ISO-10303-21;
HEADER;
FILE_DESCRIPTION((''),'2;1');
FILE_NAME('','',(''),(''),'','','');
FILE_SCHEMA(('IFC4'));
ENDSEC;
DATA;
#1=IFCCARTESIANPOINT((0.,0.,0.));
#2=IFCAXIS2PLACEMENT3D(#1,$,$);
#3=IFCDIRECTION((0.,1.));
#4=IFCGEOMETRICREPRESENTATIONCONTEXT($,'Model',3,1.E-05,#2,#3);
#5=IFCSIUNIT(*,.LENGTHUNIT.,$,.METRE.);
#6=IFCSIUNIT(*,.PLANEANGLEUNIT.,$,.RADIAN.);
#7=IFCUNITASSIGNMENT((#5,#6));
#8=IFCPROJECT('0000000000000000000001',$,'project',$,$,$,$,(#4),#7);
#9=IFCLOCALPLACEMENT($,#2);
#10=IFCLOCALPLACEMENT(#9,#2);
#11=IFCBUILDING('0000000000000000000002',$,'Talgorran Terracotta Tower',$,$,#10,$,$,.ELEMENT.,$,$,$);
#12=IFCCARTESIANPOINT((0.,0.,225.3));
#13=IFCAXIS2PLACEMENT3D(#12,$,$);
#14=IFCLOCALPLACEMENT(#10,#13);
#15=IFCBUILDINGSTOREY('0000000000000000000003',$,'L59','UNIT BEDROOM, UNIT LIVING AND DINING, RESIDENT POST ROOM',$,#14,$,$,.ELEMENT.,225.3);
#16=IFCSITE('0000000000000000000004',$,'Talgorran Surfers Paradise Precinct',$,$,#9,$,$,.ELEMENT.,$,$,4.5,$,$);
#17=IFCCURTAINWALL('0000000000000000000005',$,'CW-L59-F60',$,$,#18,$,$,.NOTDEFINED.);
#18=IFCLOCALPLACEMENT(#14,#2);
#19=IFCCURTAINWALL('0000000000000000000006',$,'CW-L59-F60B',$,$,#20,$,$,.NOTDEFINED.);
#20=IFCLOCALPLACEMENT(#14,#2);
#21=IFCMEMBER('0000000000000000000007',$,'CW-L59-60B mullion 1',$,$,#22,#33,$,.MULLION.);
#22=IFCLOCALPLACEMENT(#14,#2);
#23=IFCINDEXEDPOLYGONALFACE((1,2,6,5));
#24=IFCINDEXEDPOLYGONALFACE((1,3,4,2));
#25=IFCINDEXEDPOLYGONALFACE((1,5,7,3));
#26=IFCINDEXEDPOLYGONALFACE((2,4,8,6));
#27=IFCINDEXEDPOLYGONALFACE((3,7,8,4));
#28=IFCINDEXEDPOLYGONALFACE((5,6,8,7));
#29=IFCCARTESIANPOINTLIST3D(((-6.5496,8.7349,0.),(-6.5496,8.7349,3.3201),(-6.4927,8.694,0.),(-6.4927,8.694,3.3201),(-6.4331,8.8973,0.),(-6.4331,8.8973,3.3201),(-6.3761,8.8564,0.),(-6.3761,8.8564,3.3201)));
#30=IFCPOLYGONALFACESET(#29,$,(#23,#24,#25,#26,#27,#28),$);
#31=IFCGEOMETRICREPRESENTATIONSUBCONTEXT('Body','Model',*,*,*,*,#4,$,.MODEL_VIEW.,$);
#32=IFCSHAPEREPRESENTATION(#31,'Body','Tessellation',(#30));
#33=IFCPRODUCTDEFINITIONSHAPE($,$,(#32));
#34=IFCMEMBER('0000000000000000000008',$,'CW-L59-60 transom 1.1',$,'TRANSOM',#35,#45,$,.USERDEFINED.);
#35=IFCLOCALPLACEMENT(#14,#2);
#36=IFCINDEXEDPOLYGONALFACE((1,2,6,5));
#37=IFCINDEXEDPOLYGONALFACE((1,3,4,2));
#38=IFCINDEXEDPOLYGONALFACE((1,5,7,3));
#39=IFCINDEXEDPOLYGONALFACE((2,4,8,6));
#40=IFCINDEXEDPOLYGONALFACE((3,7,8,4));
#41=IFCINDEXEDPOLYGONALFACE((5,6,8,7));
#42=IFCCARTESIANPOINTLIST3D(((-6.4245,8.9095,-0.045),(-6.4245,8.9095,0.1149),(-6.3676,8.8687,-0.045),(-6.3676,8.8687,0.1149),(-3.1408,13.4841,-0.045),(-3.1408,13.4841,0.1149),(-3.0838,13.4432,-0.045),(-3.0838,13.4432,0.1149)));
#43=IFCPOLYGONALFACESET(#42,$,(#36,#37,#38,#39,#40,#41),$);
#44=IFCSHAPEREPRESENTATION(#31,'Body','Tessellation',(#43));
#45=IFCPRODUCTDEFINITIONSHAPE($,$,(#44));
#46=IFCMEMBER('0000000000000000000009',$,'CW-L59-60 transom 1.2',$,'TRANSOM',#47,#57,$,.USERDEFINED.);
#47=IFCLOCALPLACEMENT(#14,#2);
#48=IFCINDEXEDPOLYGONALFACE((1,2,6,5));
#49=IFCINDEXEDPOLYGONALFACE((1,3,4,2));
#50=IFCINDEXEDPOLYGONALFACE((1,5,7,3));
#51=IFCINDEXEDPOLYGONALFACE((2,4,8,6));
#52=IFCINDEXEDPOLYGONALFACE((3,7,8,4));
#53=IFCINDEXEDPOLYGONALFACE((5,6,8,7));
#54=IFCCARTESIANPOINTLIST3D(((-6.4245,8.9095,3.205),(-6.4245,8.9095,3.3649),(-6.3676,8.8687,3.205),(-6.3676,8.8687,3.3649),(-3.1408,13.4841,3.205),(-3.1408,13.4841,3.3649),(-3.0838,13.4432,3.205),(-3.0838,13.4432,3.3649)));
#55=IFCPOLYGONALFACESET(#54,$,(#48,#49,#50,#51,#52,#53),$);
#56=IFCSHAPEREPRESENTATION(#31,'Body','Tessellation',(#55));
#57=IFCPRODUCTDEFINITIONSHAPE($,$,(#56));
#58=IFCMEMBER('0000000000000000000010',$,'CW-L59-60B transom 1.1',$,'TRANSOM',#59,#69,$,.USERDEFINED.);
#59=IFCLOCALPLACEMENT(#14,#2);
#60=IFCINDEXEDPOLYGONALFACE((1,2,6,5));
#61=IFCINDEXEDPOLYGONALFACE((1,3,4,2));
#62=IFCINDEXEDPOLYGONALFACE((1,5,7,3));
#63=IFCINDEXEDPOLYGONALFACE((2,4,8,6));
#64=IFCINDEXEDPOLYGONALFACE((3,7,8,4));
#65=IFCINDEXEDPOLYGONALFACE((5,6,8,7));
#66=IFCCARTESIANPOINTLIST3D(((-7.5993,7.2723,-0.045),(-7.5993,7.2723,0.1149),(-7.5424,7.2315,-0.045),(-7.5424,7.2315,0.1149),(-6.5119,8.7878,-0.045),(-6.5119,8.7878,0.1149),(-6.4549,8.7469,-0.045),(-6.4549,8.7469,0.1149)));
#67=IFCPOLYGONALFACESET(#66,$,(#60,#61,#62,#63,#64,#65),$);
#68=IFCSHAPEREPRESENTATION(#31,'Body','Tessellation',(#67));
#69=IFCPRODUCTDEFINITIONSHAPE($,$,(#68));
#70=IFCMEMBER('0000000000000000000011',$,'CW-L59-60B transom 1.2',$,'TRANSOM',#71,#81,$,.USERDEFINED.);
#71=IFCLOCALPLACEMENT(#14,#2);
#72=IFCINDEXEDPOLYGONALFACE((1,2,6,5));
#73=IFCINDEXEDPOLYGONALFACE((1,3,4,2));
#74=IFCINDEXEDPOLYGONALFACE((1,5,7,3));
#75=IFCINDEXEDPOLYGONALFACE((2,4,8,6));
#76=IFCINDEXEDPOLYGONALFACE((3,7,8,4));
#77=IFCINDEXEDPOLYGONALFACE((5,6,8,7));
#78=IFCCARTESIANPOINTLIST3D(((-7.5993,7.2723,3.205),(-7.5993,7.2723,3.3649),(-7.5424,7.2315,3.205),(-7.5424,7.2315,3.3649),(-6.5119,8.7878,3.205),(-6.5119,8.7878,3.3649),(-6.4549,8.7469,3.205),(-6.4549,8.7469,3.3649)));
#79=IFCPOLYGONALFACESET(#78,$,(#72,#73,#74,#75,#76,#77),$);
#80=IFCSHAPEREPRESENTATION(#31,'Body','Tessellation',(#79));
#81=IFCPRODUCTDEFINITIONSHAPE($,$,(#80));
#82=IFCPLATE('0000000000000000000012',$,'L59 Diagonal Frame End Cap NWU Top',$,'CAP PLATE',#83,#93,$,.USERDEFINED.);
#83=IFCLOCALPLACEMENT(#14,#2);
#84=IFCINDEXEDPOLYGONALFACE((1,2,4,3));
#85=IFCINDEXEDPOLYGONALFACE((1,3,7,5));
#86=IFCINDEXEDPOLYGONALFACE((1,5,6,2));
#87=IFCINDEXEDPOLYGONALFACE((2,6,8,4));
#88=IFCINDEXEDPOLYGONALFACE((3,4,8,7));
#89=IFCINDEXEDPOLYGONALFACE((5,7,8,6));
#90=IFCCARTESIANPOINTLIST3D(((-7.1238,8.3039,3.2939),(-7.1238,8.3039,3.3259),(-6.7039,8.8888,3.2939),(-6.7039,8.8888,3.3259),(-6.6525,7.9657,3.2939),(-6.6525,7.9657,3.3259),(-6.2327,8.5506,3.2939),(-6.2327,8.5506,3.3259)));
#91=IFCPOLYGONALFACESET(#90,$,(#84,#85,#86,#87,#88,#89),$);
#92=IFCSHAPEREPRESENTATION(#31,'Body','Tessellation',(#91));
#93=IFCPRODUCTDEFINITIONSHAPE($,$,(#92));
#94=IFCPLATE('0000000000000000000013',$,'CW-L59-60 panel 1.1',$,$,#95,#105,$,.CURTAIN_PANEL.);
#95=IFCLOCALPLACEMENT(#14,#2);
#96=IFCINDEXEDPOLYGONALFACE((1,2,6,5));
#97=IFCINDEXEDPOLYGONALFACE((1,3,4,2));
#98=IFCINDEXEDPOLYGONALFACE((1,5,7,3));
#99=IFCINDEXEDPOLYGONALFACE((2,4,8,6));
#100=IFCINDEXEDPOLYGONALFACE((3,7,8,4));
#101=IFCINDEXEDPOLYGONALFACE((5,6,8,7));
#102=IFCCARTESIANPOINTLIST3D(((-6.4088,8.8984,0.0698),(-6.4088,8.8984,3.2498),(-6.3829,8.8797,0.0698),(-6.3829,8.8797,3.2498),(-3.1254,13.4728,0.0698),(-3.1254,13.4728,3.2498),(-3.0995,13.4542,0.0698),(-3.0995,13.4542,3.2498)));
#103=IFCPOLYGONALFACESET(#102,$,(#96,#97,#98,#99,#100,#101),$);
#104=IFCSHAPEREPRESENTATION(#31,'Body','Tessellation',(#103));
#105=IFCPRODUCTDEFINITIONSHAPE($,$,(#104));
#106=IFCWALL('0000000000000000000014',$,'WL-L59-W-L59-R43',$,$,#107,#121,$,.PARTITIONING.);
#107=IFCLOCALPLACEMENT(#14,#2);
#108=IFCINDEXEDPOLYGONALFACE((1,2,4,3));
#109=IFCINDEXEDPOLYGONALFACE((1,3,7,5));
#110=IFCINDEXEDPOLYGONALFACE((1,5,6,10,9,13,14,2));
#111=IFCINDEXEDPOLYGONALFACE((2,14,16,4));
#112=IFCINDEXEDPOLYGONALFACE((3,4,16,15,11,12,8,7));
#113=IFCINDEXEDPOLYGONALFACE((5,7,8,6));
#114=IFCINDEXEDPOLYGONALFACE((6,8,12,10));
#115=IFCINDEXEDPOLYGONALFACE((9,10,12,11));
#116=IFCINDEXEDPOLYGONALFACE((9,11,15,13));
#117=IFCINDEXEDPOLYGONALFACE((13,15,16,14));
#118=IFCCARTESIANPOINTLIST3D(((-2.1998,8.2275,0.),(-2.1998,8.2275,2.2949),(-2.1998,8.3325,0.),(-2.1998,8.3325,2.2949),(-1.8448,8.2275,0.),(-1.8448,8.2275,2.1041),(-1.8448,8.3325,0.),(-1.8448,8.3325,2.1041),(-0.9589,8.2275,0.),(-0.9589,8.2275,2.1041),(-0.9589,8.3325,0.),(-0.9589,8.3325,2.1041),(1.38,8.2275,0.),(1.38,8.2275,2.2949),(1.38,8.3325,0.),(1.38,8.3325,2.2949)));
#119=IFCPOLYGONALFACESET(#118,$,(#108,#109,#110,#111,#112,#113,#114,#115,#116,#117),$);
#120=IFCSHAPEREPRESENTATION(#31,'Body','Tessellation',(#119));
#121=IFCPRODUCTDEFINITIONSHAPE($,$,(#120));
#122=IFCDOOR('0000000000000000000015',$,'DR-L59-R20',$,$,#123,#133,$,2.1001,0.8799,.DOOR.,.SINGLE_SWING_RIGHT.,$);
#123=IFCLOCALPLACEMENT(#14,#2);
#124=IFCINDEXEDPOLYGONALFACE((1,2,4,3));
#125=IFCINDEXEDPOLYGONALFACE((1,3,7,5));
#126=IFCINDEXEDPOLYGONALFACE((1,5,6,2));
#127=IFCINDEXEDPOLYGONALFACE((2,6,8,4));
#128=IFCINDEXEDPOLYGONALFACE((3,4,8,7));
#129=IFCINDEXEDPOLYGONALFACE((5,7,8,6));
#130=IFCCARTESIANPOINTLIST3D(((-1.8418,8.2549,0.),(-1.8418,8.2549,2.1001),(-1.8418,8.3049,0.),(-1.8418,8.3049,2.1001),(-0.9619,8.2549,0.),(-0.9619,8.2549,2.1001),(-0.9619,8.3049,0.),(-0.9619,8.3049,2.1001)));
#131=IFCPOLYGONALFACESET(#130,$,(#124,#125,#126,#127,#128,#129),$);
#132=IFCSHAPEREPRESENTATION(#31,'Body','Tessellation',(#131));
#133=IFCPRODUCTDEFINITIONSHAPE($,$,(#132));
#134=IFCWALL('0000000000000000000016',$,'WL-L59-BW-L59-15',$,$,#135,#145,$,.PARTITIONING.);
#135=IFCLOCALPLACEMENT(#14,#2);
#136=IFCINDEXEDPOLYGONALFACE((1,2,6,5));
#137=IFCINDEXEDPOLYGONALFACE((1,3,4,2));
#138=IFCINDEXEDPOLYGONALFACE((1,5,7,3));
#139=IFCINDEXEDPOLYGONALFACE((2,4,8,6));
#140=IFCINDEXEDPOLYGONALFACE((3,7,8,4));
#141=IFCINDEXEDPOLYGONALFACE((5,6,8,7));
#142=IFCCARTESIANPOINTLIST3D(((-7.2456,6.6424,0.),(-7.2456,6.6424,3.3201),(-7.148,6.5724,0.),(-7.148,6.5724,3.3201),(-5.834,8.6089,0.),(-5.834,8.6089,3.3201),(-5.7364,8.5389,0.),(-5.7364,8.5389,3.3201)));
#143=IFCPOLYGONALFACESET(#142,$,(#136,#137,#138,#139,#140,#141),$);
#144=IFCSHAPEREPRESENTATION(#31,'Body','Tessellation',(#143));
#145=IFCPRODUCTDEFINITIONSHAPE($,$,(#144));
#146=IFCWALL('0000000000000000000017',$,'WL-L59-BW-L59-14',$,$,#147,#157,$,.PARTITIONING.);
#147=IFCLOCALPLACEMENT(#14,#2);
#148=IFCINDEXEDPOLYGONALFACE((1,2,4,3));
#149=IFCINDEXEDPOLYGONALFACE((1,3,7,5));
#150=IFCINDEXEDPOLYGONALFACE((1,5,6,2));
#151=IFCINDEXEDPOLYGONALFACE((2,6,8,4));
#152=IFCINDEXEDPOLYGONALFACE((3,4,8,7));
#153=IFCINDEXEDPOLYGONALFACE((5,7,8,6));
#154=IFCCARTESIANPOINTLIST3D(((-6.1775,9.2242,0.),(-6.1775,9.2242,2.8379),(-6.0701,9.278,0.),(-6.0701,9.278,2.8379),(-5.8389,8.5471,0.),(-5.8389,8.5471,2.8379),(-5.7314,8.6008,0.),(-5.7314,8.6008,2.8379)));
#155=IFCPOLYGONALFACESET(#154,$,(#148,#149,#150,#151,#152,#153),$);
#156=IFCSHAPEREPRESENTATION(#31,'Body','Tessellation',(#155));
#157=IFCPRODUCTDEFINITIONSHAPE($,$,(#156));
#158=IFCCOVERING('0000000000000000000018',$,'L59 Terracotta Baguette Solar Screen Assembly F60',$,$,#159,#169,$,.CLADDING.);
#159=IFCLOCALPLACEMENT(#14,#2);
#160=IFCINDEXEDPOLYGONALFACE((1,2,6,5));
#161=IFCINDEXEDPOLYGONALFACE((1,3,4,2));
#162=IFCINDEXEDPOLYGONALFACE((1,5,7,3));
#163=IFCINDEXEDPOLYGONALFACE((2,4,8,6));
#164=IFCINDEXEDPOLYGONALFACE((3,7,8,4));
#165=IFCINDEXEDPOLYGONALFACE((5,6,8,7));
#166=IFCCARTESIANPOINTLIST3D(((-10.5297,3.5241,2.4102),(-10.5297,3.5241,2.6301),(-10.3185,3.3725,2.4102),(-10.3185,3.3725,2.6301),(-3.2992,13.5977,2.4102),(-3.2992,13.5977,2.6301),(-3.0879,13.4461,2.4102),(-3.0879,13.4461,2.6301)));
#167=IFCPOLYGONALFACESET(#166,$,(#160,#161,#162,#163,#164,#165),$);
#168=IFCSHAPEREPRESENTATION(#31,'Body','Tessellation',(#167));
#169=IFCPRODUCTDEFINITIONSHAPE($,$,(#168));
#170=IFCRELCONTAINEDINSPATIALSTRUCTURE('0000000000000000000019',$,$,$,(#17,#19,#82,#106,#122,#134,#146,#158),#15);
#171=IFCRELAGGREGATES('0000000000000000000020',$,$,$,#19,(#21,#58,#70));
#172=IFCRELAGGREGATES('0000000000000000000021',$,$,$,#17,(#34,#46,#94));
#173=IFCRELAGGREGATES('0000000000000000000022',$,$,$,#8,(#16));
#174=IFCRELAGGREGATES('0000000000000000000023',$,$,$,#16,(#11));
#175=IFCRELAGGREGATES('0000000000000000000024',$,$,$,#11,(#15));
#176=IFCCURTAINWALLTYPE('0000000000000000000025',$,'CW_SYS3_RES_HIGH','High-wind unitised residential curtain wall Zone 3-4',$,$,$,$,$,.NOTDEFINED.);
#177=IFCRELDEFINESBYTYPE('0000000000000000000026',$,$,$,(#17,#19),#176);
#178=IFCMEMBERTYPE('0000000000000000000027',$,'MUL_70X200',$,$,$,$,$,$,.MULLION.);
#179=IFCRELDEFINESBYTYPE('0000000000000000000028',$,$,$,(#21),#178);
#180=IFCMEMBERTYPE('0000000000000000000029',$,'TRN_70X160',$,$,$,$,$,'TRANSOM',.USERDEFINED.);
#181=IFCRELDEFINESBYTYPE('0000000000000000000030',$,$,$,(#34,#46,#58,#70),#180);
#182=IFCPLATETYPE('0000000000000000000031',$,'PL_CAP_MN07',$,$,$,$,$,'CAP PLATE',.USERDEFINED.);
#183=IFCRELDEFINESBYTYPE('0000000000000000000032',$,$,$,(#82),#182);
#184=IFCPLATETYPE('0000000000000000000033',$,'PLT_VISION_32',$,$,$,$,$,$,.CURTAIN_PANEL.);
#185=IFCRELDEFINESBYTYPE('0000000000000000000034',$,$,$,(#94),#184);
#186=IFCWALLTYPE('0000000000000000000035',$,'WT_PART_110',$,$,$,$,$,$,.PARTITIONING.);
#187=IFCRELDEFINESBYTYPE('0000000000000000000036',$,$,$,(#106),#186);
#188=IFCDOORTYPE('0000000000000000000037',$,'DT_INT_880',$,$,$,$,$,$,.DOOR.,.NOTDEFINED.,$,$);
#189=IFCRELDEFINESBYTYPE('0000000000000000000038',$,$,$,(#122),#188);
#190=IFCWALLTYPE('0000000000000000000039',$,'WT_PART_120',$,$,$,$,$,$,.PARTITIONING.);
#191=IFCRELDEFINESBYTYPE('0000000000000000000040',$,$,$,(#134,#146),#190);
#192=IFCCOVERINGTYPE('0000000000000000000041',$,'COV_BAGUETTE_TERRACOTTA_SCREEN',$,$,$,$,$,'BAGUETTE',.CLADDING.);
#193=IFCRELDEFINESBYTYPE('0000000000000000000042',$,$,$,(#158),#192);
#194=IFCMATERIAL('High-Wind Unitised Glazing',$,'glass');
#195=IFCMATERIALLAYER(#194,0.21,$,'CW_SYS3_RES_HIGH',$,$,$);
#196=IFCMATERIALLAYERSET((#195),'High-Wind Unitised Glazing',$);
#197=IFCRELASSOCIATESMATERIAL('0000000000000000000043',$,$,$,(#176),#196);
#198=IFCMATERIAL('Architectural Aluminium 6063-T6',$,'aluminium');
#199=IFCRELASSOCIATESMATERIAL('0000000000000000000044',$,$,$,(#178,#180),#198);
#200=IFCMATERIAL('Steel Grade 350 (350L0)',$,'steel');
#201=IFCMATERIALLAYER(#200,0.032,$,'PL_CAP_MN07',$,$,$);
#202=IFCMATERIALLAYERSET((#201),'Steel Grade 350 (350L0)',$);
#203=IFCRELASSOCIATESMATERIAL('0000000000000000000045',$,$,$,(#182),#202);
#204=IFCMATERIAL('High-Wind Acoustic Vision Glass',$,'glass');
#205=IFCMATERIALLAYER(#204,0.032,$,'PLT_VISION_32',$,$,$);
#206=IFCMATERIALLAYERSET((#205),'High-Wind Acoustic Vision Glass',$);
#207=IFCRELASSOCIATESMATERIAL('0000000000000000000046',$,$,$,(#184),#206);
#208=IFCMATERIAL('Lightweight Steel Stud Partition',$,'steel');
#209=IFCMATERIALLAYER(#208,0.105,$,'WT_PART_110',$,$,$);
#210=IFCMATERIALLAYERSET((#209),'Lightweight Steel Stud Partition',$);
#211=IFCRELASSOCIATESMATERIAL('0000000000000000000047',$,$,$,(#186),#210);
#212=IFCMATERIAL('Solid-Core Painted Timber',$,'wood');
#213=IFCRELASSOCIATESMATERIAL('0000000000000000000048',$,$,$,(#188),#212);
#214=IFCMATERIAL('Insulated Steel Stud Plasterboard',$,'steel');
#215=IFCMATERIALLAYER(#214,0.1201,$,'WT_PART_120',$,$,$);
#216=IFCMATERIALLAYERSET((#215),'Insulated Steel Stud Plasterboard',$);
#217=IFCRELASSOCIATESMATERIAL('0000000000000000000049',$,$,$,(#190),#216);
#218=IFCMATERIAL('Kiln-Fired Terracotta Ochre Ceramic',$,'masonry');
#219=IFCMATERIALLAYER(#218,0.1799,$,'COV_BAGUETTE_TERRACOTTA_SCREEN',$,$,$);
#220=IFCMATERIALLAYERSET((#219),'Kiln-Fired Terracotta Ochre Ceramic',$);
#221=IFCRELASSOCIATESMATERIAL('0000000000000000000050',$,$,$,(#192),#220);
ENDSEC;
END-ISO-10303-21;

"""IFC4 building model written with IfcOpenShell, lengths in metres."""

from ifc_helpers import new_model, si_unit, direction, frame, frame_2d, origin, origin_2d, place, context, subcontext, project, spatial, rectangle, extrude, source, transform, mapped, material, layer, layer_set, material_profile, profile_set, type_object, type_shapes, element, fill, aggregate, save


model = new_model("IFC4")

# Units and contexts
model_context = context("Model", 3, precision=1e-05, world=origin(), true_north=direction((0.0, 1.0)))
body_context = subcontext(model_context, "Body", "Model", "MODEL_VIEW")
ifc_project = project(units=[si_unit("LENGTHUNIT", "METRE"), si_unit("PLANEANGLEUNIT", "RADIAN")], contexts=[model_context])

# Site, building, storey
site_placement = place(None, origin())
site = spatial("IfcSite", under=ifc_project, at=site_placement, Name="Talgorran Surfers Paradise Precinct", CompositionType="ELEMENT", RefElevation=4.5)
building_placement = place(site_placement, origin())
building = spatial("IfcBuilding", under=site, at=building_placement, Name="Talgorran Terracotta Tower", CompositionType="ELEMENT")
storey_placement = place(building_placement, frame((0.0, 0.0, 225.3)))
storey = spatial("IfcBuildingStorey", under=building, at=storey_placement, Name="L59", Description="UNIT BEDROOM, UNIT LIVING AND DINING, RESIDENT POST ROOM", CompositionType="ELEMENT", Elevation=225.3)

# Shared definitions
ifc_material_1 = material(Name="Steel Grade 350 (350L0)", Category="steel")

# Shared definitions
ifc_material_2 = material(Name="High-Wind Unitised Glazing", Category="glass")
ifc_layer_1 = layer(ifc_material_2, 0.21, Name="CW_SYS3_RES_HIGH")
ifc_layer_set_1 = layer_set([ifc_layer_1], Name="High-Wind Unitised Glazing")
curtain_wall_type = type_object("IfcCurtainWallType", Name="CW_SYS3_RES_HIGH", Description="High-wind unitised residential curtain wall Zone 3-4", PredefinedType="NOTDEFINED", material=ifc_layer_set_1)
ifc_material_3 = material(Name="Architectural Aluminium 6063-T6", Category="aluminium")
ifc_material_profile_1 = material_profile(ifc_material_3, rectangle(XDim=0.0701, YDim=0.2, at=origin_2d()), Name="CWM70X200")
ifc_profile_set_1 = profile_set([ifc_material_profile_1], Name="Architectural Aluminium 6063-T6")
member_type_1 = type_object("IfcMemberType", Name="MUL_70X200", PredefinedType="MULLION", material=ifc_profile_set_1)

# Curtain wall
curtain_wall_1_placement = place(storey_placement, origin())
curtain_wall_1 = element("IfcCurtainWall", 1, at=curtain_wall_1_placement, inside=storey, type_object=curtain_wall_type, Name="CW-L59-F60", PredefinedType="NOTDEFINED")

# Curtain wall, member
curtain_wall_2_placement = place(storey_placement, origin())
curtain_wall_2 = element("IfcCurtainWall", 2, at=curtain_wall_2_placement, inside=storey, type_object=curtain_wall_type, Name="CW-L59-F60B", PredefinedType="NOTDEFINED")
member_1_placement = place(storey_placement, frame((-6.4629, 8.7957, 0.0), z_axis=(0.0, 0.0, 1.0), x_axis=(0.81241, -0.583086, 0.0)))
member_1 = element("IfcMember", 3, at=member_1_placement, type_object=member_type_1, Name="CW-L59-60B mullion 1", PredefinedType="MULLION", context=body_context, shape_type="SweptSolid", body=[
    extrude(rectangle(XDim=0.0701, YDim=0.2, at=origin_2d()), origin(), (0.0, 0.0, 1.0), 3.3201),
])

# Members
ifc_material_profile_2 = material_profile(ifc_material_3, rectangle(XDim=0.0701, YDim=0.1599, at=origin_2d()), Name="CWT70X160")
ifc_profile_set_2 = profile_set([ifc_material_profile_2], Name="Architectural Aluminium 6063-T6")
member_type_2 = type_object("IfcMemberType", Name="TRN_70X160", ElementType="TRANSOM", PredefinedType="USERDEFINED", material=ifc_profile_set_2)
member_2_placement = place(storey_placement, frame((-3.1123, 13.4636, 0.0349), z_axis=(-0.583144, -0.812369, 0.0), x_axis=(0.812369, -0.583144, 0.0)))
member_2 = element("IfcMember", 4, at=member_2_placement, type_object=member_type_2, Name="CW-L59-60 transom 1.1", ObjectType="TRANSOM", PredefinedType="USERDEFINED", context=body_context, shape_type="SweptSolid", body=[
    extrude(rectangle(XDim=0.0701, YDim=0.1599, at=origin_2d()), origin(), (0.0, 0.0, 1.0), 5.6311),
])
member_3_placement = place(storey_placement, frame((-3.1123, 13.4636, 3.2849), z_axis=(-0.583144, -0.812369, 0.0), x_axis=(0.812369, -0.583144, 0.0)))
member_3 = element("IfcMember", 5, at=member_3_placement, type_object=member_type_2, Name="CW-L59-60 transom 1.2", ObjectType="TRANSOM", PredefinedType="USERDEFINED", context=body_context, shape_type="SweptSolid", body=[
    extrude(rectangle(XDim=0.0701, YDim=0.1599, at=origin_2d()), origin(), (0.0, 0.0, 1.0), 5.6311),
])
member_4_placement = place(storey_placement, frame((-6.4834, 8.7673, 0.0349), z_axis=(-0.583007, -0.812467, 0.0), x_axis=(0.812467, -0.583007, 0.0)))
member_4 = element("IfcMember", 6, at=member_4_placement, type_object=member_type_2, Name="CW-L59-60B transom 1.1", ObjectType="TRANSOM", PredefinedType="USERDEFINED", context=body_context, shape_type="SweptSolid", body=[
    extrude(rectangle(XDim=0.0701, YDim=0.1599, at=origin_2d()), origin(), (0.0, 0.0, 1.0), 1.8652),
])
member_5_placement = place(storey_placement, frame((-6.4834, 8.7673, 3.2849), z_axis=(-0.583007, -0.812467, 0.0), x_axis=(0.812467, -0.583007, 0.0)))
member_5 = element("IfcMember", 7, at=member_5_placement, type_object=member_type_2, Name="CW-L59-60B transom 1.2", ObjectType="TRANSOM", PredefinedType="USERDEFINED", context=body_context, shape_type="SweptSolid", body=[
    extrude(rectangle(XDim=0.0701, YDim=0.1599, at=origin_2d()), origin(), (0.0, 0.0, 1.0), 1.8652),
])
aggregate(curtain_wall_2, [member_1, member_4, member_5])

# Plates
ifc_layer_2 = layer(ifc_material_1, 0.032, Name="PL_CAP_MN07")
ifc_layer_set_2 = layer_set([ifc_layer_2], Name="Steel Grade 350 (350L0)")
plate_type_1 = type_object("IfcPlateType", Name="PL_CAP_MN07", ElementType="CAP PLATE", PredefinedType="USERDEFINED", material=ifc_layer_set_2)
plate_1_placement = place(storey_placement, frame((-6.6782, 8.4272, 3.2939), z_axis=(0.0, 0.0, 1.0), x_axis=(0.583116, 0.812389, 0.0)))
element("IfcPlate", 8, at=plate_1_placement, inside=storey, type_object=plate_type_1, Name="L59 Diagonal Frame End Cap NWU Top", ObjectType="CAP PLATE", PredefinedType="USERDEFINED", context=body_context, shape_type="SweptSolid", body=[
    extrude(rectangle(XDim=0.72, YDim=0.5801, at=origin_2d()), origin(), (0.0, 0.0, 1.0), 0.032),
])
ifc_material_4 = material(Name="High-Wind Acoustic Vision Glass", Category="glass")
ifc_layer_3 = layer(ifc_material_4, 0.032, Name="PLT_VISION_32")
ifc_layer_set_3 = layer_set([ifc_layer_3], Name="High-Wind Acoustic Vision Glass")
plate_type_2 = type_object("IfcPlateType", Name="PLT_VISION_32", PredefinedType="CURTAIN_PANEL", material=ifc_layer_set_3)
shared_shape = source(origin(), body_context, "Body", "SweptSolid", [
    extrude(rectangle(XDim=5.6309, YDim=0.032, at=origin_2d()), origin(), (0.0, 0.0, 1.0), 3.1799),
])
type_shapes(plate_type_2, [shared_shape])
plate_2_placement = place(storey_placement, frame((-4.7542, 11.1763, 0.0698), z_axis=(0.0, 0.0, 1.0), x_axis=(-0.583109, -0.812394, 0.0)))
plate_2 = element("IfcPlate", 9, at=plate_2_placement, type_object=plate_type_2, Name="CW-L59-60 panel 1.1", PredefinedType="CURTAIN_PANEL", context=body_context, shape_type="MappedRepresentation", body=[
    mapped(shared_shape, transform((0.0, 0.0, 0.0), scale=1.0)),
])
aggregate(curtain_wall_1, [member_2, member_3, plate_2])

# Wall, opening, door
ifc_material_5 = material(Name="Lightweight Steel Stud Partition", Category="steel")
ifc_layer_4 = layer(ifc_material_5, 0.105, Name="WT_PART_110")
ifc_layer_set_4 = layer_set([ifc_layer_4], Name="Lightweight Steel Stud Partition")
wall_type_1 = type_object("IfcWallType", Name="WT_PART_110", PredefinedType="PARTITIONING", material=ifc_layer_set_4)
wall_1_placement = place(storey_placement, frame((-2.2, 8.28, 0.0), z_axis=(0.0, 0.0, 1.0), x_axis=(1.0, 0.0, 0.0)))
wall_1 = element("IfcWall", 10, at=wall_1_placement, inside=storey, type_object=wall_type_1, Name="WL-L59-W-L59-R43", PredefinedType="PARTITIONING", context=body_context, shape_type="SweptSolid", body=[
    extrude(rectangle(XDim=3.5798, YDim=0.105, at=frame_2d((1.79, 0.0))), origin(), (0.0, 0.0, 1.0), 2.2949),
])
opening_placement = place(wall_1_placement, frame((0.3582, 0.0, 0.0)))
opening = element("IfcOpeningElement", 11, at=opening_placement, cuts=wall_1, PredefinedType="OPENING", context=body_context, shape_type="SweptSolid", body=[
    extrude(rectangle(XDim=0.8859, YDim=2.1041, at=frame_2d((0.4399, 1.052))), frame((0.0, 0.0625, 0.0), z_axis=(0.0, -1.0, 0.0), x_axis=(1.0, 0.0, 0.0)), (0.0, 0.0, 1.0), 0.125),
])
ifc_material_6 = material(Name="Solid-Core Painted Timber", Category="wood")
door_type = type_object("IfcDoorType", Name="DT_INT_880", OperationType="NOTDEFINED", PredefinedType="DOOR", material=ifc_material_6)
door_placement = place(opening_placement, origin())
door = element("IfcDoor", 12, at=door_placement, inside=storey, type_object=door_type, Name="DR-L59-R20", OperationType="SINGLE_SWING_RIGHT", OverallHeight=2.1001, OverallWidth=0.8799, PredefinedType="DOOR", context=body_context, shape_type="SweptSolid", body=[
    extrude(rectangle(XDim=0.8799, YDim=2.1001, at=frame_2d((0.4399, 1.05))), frame((0.0, 0.0249, 0.0), z_axis=(0.0, -1.0, 0.0), x_axis=(1.0, 0.0, 0.0)), (0.0, 0.0, 1.0), 0.05),
])
fill(opening, door)

# Walls
ifc_material_7 = material(Name="Insulated Steel Stud Plasterboard", Category="steel")
ifc_layer_5 = layer(ifc_material_7, 0.1201, Name="WT_PART_120")
ifc_layer_set_5 = layer_set([ifc_layer_5], Name="Insulated Steel Stud Plasterboard")
wall_type_2 = type_object("IfcWallType", Name="WT_PART_120", PredefinedType="PARTITIONING", material=ifc_layer_set_5)
wall_2_placement = place(storey_placement, frame((-5.7852, 8.574, 0.0), z_axis=(0.0, 0.0, 1.0), x_axis=(-0.583135, -0.812375, 0.0)))
element("IfcWall", 13, at=wall_2_placement, inside=storey, type_object=wall_type_2, Name="WL-L59-BW-L59-15", PredefinedType="PARTITIONING", context=body_context, shape_type="SweptSolid", body=[
    extrude(rectangle(XDim=2.4207, YDim=0.1201, at=frame_2d((1.2104, 0.0))), origin(), (0.0, 0.0, 1.0), 3.3201),
])
wall_3_placement = place(storey_placement, frame((-6.1238, 9.251, 0.0), z_axis=(0.0, 0.0, 1.0), x_axis=(0.447343, -0.894363, 0.0)))
element("IfcWall", 14, at=wall_3_placement, inside=storey, type_object=wall_type_2, Name="WL-L59-BW-L59-14", PredefinedType="PARTITIONING", context=body_context, shape_type="SweptSolid", body=[
    extrude(rectangle(XDim=0.7571, YDim=0.1201, at=frame_2d((0.3784, 0.0))), origin(), (0.0, 0.0, 1.0), 2.8379),
])

# Covering
ifc_material_8 = material(Name="Kiln-Fired Terracotta Ochre Ceramic", Category="masonry")
ifc_layer_6 = layer(ifc_material_8, 0.1799, Name="COV_BAGUETTE_TERRACOTTA_SCREEN")
ifc_layer_set_6 = layer_set([ifc_layer_6], Name="Kiln-Fired Terracotta Ochre Ceramic")
covering_type_1 = type_object("IfcCoveringType", Name="COV_BAGUETTE_TERRACOTTA_SCREEN", ElementType="BAGUETTE", PredefinedType="CLADDING", material=ifc_layer_set_6)
covering_1_placement = place(storey_placement, frame((-6.8088, 8.4851, 2.4102), z_axis=(0.0, 0.0, 1.0), x_axis=(-0.583116, -0.812389, 0.0)))
element("IfcCovering", 15, at=covering_1_placement, inside=storey, type_object=covering_type_1, Name="L59 Terracotta Baguette Solar Screen Assembly F60", PredefinedType="CLADDING", context=body_context, shape_type="SweptSolid", body=[
    extrude(rectangle(XDim=12.3999, YDim=0.26, at=origin_2d()), origin(), (0.0, 0.0, 1.0), 0.22),
])

save(model, "model.ifc")
